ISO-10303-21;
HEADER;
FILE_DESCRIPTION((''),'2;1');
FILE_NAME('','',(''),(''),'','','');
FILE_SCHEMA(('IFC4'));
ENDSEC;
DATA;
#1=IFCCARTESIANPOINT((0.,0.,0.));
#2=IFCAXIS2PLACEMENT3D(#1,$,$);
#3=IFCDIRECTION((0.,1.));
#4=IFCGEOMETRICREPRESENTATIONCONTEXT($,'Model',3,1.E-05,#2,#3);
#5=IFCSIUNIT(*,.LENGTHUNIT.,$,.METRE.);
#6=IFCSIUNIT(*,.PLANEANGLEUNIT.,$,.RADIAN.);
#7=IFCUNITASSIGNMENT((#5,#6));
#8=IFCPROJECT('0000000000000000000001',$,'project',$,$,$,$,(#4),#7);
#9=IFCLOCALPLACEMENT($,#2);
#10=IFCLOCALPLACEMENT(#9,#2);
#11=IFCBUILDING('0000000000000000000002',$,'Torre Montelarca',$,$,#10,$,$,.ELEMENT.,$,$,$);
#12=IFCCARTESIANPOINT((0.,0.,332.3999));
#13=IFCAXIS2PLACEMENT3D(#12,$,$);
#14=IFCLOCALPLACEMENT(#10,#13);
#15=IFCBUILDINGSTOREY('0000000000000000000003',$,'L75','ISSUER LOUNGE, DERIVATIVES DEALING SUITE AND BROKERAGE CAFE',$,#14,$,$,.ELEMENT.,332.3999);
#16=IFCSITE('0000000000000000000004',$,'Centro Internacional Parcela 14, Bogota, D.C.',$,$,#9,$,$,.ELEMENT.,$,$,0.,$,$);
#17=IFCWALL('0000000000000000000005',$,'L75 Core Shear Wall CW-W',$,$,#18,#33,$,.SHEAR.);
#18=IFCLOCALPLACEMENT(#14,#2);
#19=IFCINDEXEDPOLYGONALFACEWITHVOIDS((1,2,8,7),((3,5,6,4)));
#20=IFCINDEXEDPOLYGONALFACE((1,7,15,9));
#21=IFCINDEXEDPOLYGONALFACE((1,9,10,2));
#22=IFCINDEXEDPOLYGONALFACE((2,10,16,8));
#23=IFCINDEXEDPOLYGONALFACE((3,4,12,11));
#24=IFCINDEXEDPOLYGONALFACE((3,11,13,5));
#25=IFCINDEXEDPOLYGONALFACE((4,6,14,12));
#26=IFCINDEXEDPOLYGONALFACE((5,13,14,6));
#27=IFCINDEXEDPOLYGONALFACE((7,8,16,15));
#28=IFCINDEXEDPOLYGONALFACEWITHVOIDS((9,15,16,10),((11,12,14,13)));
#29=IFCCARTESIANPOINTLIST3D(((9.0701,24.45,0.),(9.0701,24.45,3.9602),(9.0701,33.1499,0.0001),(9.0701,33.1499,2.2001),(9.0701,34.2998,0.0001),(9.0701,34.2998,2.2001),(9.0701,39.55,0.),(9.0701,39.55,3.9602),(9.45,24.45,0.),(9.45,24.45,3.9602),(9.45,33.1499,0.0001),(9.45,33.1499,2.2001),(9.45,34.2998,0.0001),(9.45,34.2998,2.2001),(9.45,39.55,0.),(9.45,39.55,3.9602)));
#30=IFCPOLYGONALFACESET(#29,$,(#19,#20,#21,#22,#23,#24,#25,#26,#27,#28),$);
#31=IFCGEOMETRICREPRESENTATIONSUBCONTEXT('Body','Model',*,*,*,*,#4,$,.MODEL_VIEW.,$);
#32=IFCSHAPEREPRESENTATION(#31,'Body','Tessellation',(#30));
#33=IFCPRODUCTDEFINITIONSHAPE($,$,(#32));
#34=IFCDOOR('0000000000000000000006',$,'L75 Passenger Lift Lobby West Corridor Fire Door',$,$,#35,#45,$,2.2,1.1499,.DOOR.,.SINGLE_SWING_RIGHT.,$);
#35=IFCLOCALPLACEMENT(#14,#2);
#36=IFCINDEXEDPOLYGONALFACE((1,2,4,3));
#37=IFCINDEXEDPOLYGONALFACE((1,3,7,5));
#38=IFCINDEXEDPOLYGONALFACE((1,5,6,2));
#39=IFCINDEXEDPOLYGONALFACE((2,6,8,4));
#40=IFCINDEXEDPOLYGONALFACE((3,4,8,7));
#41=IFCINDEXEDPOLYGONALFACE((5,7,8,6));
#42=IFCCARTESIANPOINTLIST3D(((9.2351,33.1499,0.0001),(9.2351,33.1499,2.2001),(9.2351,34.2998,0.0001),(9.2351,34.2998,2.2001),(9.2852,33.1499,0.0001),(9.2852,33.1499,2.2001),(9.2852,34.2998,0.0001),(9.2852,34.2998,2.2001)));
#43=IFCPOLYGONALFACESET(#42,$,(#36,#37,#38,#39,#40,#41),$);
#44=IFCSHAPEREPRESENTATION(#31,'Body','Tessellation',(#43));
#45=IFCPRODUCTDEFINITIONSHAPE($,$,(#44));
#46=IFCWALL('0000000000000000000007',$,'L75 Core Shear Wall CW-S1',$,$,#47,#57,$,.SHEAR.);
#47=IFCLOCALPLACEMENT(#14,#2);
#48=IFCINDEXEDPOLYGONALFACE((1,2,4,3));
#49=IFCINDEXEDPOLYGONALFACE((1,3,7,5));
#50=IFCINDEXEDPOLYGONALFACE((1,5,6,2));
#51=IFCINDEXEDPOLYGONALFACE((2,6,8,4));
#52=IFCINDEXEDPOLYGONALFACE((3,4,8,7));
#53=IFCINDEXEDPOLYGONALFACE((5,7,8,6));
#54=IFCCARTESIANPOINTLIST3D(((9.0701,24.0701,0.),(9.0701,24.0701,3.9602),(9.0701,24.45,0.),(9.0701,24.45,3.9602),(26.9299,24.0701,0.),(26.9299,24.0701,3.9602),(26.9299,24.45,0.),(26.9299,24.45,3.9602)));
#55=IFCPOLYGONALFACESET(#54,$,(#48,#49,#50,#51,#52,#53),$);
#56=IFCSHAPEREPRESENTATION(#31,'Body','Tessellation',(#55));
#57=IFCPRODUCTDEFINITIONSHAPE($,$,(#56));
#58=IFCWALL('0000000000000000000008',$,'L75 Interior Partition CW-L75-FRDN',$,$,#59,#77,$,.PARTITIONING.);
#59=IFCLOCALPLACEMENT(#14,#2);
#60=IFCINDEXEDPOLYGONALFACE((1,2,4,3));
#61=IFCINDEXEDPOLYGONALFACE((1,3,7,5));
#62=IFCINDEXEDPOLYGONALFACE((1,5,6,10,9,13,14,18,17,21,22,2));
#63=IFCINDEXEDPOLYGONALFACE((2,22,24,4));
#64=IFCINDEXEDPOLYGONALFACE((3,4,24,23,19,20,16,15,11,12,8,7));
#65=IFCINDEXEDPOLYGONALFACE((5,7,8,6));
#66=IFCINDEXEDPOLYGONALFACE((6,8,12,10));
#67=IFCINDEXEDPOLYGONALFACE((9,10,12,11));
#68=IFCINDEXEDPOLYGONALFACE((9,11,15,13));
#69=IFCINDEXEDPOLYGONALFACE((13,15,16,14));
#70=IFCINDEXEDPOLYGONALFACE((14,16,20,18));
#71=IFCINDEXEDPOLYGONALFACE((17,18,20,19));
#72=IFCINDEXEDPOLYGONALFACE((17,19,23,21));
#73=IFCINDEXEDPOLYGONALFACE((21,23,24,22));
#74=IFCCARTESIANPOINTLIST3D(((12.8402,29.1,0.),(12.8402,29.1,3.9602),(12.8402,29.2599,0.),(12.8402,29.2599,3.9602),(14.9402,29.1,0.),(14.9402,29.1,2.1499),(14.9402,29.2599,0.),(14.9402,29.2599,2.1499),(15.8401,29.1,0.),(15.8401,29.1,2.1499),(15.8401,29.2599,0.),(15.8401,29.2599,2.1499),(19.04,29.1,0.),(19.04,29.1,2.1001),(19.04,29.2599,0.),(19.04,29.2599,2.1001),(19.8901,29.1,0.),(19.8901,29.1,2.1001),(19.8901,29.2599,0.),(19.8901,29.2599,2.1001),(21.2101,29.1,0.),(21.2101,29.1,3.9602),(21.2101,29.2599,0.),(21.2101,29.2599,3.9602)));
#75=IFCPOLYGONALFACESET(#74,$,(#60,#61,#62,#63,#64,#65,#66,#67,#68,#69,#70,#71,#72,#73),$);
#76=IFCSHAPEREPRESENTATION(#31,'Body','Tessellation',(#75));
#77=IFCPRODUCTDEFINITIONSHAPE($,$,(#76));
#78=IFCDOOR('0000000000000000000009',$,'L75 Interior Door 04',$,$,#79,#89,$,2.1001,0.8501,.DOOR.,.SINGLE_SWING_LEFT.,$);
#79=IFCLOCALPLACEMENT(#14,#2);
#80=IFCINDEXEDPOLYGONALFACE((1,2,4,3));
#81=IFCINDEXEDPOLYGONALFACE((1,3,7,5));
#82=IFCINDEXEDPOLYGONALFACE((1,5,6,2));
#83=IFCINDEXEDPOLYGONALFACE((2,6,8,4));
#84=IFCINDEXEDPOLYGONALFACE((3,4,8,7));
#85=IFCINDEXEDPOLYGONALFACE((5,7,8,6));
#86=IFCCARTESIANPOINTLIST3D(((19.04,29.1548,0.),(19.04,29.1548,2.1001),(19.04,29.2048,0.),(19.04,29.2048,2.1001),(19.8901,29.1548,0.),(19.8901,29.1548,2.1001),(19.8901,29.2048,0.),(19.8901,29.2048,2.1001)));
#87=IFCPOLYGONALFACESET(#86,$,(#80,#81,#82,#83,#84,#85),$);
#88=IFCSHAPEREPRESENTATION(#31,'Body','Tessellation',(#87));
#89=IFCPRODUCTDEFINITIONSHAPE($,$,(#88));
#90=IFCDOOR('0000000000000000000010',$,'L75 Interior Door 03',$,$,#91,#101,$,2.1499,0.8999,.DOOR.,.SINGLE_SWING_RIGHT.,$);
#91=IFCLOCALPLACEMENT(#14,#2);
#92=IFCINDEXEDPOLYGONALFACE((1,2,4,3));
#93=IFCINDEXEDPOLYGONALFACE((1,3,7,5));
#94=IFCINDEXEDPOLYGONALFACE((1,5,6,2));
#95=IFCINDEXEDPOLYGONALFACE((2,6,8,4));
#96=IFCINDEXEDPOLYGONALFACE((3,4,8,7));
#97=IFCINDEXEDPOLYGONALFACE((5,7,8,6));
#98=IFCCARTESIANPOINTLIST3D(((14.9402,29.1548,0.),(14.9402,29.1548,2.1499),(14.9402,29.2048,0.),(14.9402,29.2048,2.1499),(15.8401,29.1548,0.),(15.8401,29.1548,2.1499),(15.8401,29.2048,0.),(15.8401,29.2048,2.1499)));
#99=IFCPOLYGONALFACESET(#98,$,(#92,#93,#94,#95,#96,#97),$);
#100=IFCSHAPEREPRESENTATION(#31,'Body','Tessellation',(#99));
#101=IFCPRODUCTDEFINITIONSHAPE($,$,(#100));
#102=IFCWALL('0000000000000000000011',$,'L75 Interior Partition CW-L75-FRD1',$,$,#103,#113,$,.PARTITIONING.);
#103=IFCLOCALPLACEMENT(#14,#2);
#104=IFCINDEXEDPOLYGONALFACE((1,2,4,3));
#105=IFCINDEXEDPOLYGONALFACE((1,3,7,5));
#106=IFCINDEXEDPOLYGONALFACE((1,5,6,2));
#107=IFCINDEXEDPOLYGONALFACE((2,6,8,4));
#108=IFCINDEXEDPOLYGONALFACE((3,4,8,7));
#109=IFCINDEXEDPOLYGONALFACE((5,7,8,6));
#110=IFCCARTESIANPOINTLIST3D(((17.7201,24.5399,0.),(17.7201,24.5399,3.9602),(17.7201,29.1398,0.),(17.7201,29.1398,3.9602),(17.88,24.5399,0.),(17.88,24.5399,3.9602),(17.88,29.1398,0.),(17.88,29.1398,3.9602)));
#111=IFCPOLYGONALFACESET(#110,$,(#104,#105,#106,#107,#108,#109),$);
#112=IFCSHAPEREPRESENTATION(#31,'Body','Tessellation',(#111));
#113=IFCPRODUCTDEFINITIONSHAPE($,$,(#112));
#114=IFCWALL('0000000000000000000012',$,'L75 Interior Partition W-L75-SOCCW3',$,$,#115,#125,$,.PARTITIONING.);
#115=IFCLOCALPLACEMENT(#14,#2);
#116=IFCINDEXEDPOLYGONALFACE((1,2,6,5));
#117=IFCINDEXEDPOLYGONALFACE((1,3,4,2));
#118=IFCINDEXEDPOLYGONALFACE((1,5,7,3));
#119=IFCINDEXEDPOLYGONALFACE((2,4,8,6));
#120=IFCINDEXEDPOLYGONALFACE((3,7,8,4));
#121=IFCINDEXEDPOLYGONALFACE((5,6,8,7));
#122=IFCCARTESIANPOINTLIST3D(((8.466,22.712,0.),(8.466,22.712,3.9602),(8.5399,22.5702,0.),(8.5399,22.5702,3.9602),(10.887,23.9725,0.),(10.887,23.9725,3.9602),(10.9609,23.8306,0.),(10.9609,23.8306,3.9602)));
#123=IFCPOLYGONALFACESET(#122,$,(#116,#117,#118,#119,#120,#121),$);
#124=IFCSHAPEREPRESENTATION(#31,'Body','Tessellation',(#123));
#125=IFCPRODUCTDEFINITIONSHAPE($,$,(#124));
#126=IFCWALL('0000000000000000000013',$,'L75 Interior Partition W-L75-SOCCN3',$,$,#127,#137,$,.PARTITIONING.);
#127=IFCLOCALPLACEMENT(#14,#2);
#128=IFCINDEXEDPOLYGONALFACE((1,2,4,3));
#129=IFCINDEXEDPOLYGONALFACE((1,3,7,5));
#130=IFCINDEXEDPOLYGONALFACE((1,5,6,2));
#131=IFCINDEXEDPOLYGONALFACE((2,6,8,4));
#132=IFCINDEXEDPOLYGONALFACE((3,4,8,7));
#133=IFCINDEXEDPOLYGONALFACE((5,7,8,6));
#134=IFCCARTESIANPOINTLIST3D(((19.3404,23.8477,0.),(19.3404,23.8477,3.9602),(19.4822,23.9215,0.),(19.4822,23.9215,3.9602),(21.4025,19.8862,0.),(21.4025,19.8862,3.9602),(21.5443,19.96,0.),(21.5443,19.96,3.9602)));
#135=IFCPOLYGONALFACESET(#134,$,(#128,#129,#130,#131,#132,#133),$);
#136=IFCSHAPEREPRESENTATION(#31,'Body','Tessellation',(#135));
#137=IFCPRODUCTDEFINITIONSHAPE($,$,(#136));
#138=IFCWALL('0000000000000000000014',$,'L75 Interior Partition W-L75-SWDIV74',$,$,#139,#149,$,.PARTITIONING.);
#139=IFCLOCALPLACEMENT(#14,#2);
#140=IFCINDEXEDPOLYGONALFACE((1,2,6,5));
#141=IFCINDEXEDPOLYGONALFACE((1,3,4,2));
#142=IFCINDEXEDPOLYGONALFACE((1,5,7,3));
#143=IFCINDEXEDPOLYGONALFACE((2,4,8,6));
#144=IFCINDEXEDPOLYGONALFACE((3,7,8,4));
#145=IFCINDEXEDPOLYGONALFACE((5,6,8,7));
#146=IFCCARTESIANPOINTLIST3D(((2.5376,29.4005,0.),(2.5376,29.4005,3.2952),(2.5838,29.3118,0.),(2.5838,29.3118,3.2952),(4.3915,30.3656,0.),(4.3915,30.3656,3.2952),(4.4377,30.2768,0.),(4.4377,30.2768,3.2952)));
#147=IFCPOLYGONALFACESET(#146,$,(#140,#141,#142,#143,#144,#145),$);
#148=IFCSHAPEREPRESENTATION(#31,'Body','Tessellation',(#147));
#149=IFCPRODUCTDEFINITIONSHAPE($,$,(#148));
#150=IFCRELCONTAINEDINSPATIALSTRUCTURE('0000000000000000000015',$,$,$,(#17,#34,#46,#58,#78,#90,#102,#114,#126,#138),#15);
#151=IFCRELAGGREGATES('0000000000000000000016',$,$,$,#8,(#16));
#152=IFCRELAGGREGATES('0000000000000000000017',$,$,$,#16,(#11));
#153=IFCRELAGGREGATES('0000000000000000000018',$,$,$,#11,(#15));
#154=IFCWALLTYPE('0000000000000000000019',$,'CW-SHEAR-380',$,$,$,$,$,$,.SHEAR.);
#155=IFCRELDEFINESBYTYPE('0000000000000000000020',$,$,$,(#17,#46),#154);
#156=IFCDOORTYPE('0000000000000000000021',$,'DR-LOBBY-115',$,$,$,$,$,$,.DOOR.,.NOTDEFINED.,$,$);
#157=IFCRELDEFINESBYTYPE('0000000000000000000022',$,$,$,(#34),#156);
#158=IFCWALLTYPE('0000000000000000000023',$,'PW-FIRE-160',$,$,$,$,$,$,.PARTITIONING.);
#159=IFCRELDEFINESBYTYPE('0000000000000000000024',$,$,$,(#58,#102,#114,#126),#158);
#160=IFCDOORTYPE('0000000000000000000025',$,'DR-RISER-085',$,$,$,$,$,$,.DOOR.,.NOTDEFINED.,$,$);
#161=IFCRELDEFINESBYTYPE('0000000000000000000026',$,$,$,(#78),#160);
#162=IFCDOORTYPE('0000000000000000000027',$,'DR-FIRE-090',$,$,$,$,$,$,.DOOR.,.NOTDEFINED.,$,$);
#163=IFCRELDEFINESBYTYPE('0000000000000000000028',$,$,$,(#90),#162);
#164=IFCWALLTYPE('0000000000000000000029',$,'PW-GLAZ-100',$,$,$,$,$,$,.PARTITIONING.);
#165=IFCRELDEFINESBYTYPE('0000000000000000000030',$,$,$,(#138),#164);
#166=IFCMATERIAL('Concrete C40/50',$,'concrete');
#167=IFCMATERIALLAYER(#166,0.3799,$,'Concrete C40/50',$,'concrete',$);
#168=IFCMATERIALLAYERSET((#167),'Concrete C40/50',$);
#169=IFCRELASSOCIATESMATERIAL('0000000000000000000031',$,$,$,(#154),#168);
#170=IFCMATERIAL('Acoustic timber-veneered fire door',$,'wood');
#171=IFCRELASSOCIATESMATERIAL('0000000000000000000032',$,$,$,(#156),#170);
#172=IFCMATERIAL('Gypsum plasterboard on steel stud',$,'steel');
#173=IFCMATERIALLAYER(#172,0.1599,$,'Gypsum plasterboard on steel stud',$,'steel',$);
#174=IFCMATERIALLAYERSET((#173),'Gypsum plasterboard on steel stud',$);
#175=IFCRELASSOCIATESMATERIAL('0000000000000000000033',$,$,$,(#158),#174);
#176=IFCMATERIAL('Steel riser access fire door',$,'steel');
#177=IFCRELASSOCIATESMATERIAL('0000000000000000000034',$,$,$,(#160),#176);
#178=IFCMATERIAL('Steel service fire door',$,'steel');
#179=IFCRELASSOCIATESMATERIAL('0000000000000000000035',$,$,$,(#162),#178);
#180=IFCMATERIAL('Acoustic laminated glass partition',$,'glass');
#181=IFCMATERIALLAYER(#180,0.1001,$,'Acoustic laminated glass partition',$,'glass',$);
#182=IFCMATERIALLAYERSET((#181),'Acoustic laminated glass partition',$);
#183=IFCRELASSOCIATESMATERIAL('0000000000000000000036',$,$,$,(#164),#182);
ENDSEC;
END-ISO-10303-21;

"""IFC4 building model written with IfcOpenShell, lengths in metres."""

from ifc_helpers import new_model, si_unit, direction, frame, frame_2d, origin, place, context, subcontext, project, spatial, rectangle, extrude, source, transform, mapped, material, layer, layer_set, type_object, element, fill, save


model = new_model("IFC4")

# Units and contexts
model_context = context("Model", 3, precision=1e-05, world=origin(), true_north=direction((0.0, 1.0)))
body_context = subcontext(model_context, "Body", "Model", "MODEL_VIEW")
ifc_project = project(units=[si_unit("LENGTHUNIT", "METRE"), si_unit("PLANEANGLEUNIT", "RADIAN")], contexts=[model_context])

# Site, building, storey
site_placement = place(None, origin())
site = spatial("IfcSite", under=ifc_project, at=site_placement, Name="Centro Internacional Parcela 14, Bogota, D.C.", CompositionType="ELEMENT", RefElevation=0.0)
building_placement = place(site_placement, origin())
building = spatial("IfcBuilding", under=site, at=building_placement, Name="Torre Montelarca", CompositionType="ELEMENT")
storey_placement = place(building_placement, frame((0.0, 0.0, 332.3999)))
storey = spatial("IfcBuildingStorey", under=building, at=storey_placement, Name="L75", Description="ISSUER LOUNGE, DERIVATIVES DEALING SUITE AND BROKERAGE CAFE", CompositionType="ELEMENT", Elevation=332.3999)

# Shared definitions
ifc_material_1 = material(Name="Concrete C40/50", Category="concrete")

# Wall, opening, door
ifc_layer_1 = layer(ifc_material_1, 0.3799, Name="Concrete C40/50", Category="concrete")
ifc_layer_set_1 = layer_set([ifc_layer_1], Name="Concrete C40/50")
wall_type_1 = type_object("IfcWallType", Name="CW-SHEAR-380", PredefinedType="SHEAR", material=ifc_layer_set_1)
wall_1_placement = place(storey_placement, frame((9.26, 24.45, 0.0), z_axis=(0.0, 0.0, 1.0), x_axis=(0.0, 1.0, 0.0)))
wall_1 = element("IfcWall", 1, at=wall_1_placement, inside=storey, type_object=wall_type_1, Name="L75 Core Shear Wall CW-W", PredefinedType="SHEAR", context=body_context, shape_type="SweptSolid", body=[
    extrude(rectangle(XDim=15.1001, YDim=0.3799, at=frame_2d((7.55, 0.0))), origin(), (0.0, 0.0, 1.0), 3.9602),
])
opening_1_placement = place(wall_1_placement, frame((8.7, 0.0, 0.0)))
opening_1 = element("IfcOpeningElement", 2, at=opening_1_placement, cuts=wall_1, PredefinedType="OPENING", context=body_context, shape_type="SweptSolid", body=[
    extrude(rectangle(XDim=1.1499, YDim=2.2, at=frame_2d((0.575, 1.1001))), frame((0.0, 0.2, 0.0), z_axis=(0.0, -1.0, 0.0), x_axis=(1.0, 0.0, 0.0)), (0.0, 0.0, 1.0), 0.3999),
])
ifc_material_2 = material(Name="Acoustic timber-veneered fire door", Category="wood")
door_type_1 = type_object("IfcDoorType", Name="DR-LOBBY-115", OperationType="NOTDEFINED", PredefinedType="DOOR", material=ifc_material_2)
shared_shape_1 = source(origin(), body_context, "Body", "SweptSolid", [
    extrude(rectangle(XDim=1.1499, YDim=2.2, at=frame_2d((0.575, 1.1001))), frame((0.0, 0.0249, 0.0), z_axis=(0.0, -1.0, 0.0), x_axis=(1.0, 0.0, 0.0)), (0.0, 0.0, 1.0), 0.05),
])
door_1_placement = place(opening_1_placement, origin())
door_1 = element("IfcDoor", 3, at=door_1_placement, inside=storey, type_object=door_type_1, Name="L75 Passenger Lift Lobby West Corridor Fire Door", OperationType="SINGLE_SWING_RIGHT", OverallHeight=2.2, OverallWidth=1.1499, PredefinedType="DOOR", context=body_context, shape_type="MappedRepresentation", body=[
    mapped(shared_shape_1, transform((0.0, 0.0, 0.0), scale=1.0)),
])
fill(opening_1, door_1)

# Wall
wall_2_placement = place(storey_placement, frame((9.0701, 24.26, 0.0), z_axis=(0.0, 0.0, 1.0), x_axis=(1.0, 0.0, 0.0)))
element("IfcWall", 4, at=wall_2_placement, inside=storey, type_object=wall_type_1, Name="L75 Core Shear Wall CW-S1", PredefinedType="SHEAR", context=body_context, shape_type="SweptSolid", body=[
    extrude(rectangle(XDim=17.8599, YDim=0.3799, at=frame_2d((8.9299, 0.0))), origin(), (0.0, 0.0, 1.0), 3.9602),
])

# Wall, openings, doors
ifc_material_3 = material(Name="Gypsum plasterboard on steel stud", Category="steel")
ifc_layer_2 = layer(ifc_material_3, 0.1599, Name="Gypsum plasterboard on steel stud", Category="steel")
ifc_layer_set_2 = layer_set([ifc_layer_2], Name="Gypsum plasterboard on steel stud")
wall_type_2 = type_object("IfcWallType", Name="PW-FIRE-160", PredefinedType="PARTITIONING", material=ifc_layer_set_2)
wall_3_placement = place(storey_placement, frame((12.8401, 29.1799, 0.0), z_axis=(0.0, 0.0, 1.0), x_axis=(1.0, 0.0, 0.0)))
wall_3 = element("IfcWall", 5, at=wall_3_placement, inside=storey, type_object=wall_type_2, Name="L75 Interior Partition CW-L75-FRDN", PredefinedType="PARTITIONING", context=body_context, shape_type="SweptSolid", body=[
    extrude(rectangle(XDim=8.3699, YDim=0.1599, at=frame_2d((4.1851, 0.0))), origin(), (0.0, 0.0, 1.0), 3.9602),
])
opening_2_placement = place(wall_3_placement, frame((2.1001, 0.0, 0.0)))
opening_2 = element("IfcOpeningElement", 6, at=opening_2_placement, cuts=wall_3, PredefinedType="OPENING", context=body_context, shape_type="SweptSolid", body=[
    extrude(rectangle(XDim=0.8999, YDim=2.1499, at=frame_2d((0.45, 1.075))), frame((0.0, 0.0898, 0.0), z_axis=(0.0, -1.0, 0.0), x_axis=(1.0, 0.0, 0.0)), (0.0, 0.0, 1.0), 0.1799),
])
opening_3_placement = place(wall_3_placement, frame((6.2, 0.0, 0.0)))
opening_3 = element("IfcOpeningElement", 7, at=opening_3_placement, cuts=wall_3, PredefinedType="OPENING", context=body_context, shape_type="SweptSolid", body=[
    extrude(rectangle(XDim=0.8501, YDim=2.1001, at=frame_2d((0.425, 1.05))), frame((0.0, 0.0898, 0.0), z_axis=(0.0, -1.0, 0.0), x_axis=(1.0, 0.0, 0.0)), (0.0, 0.0, 1.0), 0.1799),
])
ifc_material_4 = material(Name="Steel riser access fire door", Category="steel")
door_type_2 = type_object("IfcDoorType", Name="DR-RISER-085", OperationType="NOTDEFINED", PredefinedType="DOOR", material=ifc_material_4)
shared_shape_2 = source(origin(), body_context, "Body", "SweptSolid", [
    extrude(rectangle(XDim=0.8501, YDim=2.1001, at=frame_2d((0.425, 1.05))), frame((0.0, 0.0249, 0.0), z_axis=(0.0, -1.0, 0.0), x_axis=(1.0, 0.0, 0.0)), (0.0, 0.0, 1.0), 0.05),
])
door_2_placement = place(opening_3_placement, origin())
door_2 = element("IfcDoor", 8, at=door_2_placement, inside=storey, type_object=door_type_2, Name="L75 Interior Door 04", OperationType="SINGLE_SWING_LEFT", OverallHeight=2.1001, OverallWidth=0.8501, PredefinedType="DOOR", context=body_context, shape_type="MappedRepresentation", body=[
    mapped(shared_shape_2, transform((0.0, 0.0, 0.0), scale=1.0)),
])
fill(opening_3, door_2)
ifc_material_5 = material(Name="Steel service fire door", Category="steel")
door_type_3 = type_object("IfcDoorType", Name="DR-FIRE-090", OperationType="NOTDEFINED", PredefinedType="DOOR", material=ifc_material_5)
shared_shape_3 = source(origin(), body_context, "Body", "SweptSolid", [
    extrude(rectangle(XDim=0.8999, YDim=2.1499, at=frame_2d((0.45, 1.075))), frame((0.0, 0.0249, 0.0), z_axis=(0.0, -1.0, 0.0), x_axis=(1.0, 0.0, 0.0)), (0.0, 0.0, 1.0), 0.05),
])
door_3_placement = place(opening_2_placement, origin())
door_3 = element("IfcDoor", 9, at=door_3_placement, inside=storey, type_object=door_type_3, Name="L75 Interior Door 03", OperationType="SINGLE_SWING_RIGHT", OverallHeight=2.1499, OverallWidth=0.8999, PredefinedType="DOOR", context=body_context, shape_type="MappedRepresentation", body=[
    mapped(shared_shape_3, transform((0.0, 0.0, 0.0), scale=1.0)),
])
fill(opening_2, door_3)

# Walls
wall_4_placement = place(storey_placement, frame((17.8, 24.54, 0.0), z_axis=(0.0, 0.0, 1.0), x_axis=(0.0, 1.0, 0.0)))
element("IfcWall", 10, at=wall_4_placement, inside=storey, type_object=wall_type_2, Name="L75 Interior Partition CW-L75-FRD1", PredefinedType="PARTITIONING", context=body_context, shape_type="SweptSolid", body=[
    extrude(rectangle(XDim=4.5999, YDim=0.1599, at=frame_2d((2.2998, 0.0))), origin(), (0.0, 0.0, 1.0), 3.9602),
])
wall_5_placement = place(storey_placement, frame((8.5029, 22.6411, 0.0), z_axis=(0.0, 0.0, 1.0), x_axis=(0.886991, 0.461786, 0.0)))
element("IfcWall", 11, at=wall_5_placement, inside=storey, type_object=wall_type_2, Name="L75 Interior Partition W-L75-SOCCW3", PredefinedType="PARTITIONING", context=body_context, shape_type="SweptSolid", body=[
    extrude(rectangle(XDim=2.7295, YDim=0.1599, at=frame_2d((1.3647, 0.0))), origin(), (0.0, 0.0, 1.0), 3.9602),
])
wall_6_placement = place(storey_placement, frame((19.4114, 23.8845, 0.0), z_axis=(0.0, 0.0, 1.0), x_axis=(0.461718, -0.887027, 0.0)))
element("IfcWall", 12, at=wall_6_placement, inside=storey, type_object=wall_type_2, Name="L75 Interior Partition W-L75-SOCCN3", PredefinedType="PARTITIONING", context=body_context, shape_type="SweptSolid", body=[
    extrude(rectangle(XDim=4.4661, YDim=0.1599, at=frame_2d((2.2329, 0.0))), origin(), (0.0, 0.0, 1.0), 3.9602),
])
ifc_material_6 = material(Name="Acoustic laminated glass partition", Category="glass")
ifc_layer_3 = layer(ifc_material_6, 0.1001, Name="Acoustic laminated glass partition", Category="glass")
ifc_layer_set_3 = layer_set([ifc_layer_3], Name="Acoustic laminated glass partition")
wall_type_3 = type_object("IfcWallType", Name="PW-GLAZ-100", PredefinedType="PARTITIONING", material=ifc_layer_set_3)
wall_7_placement = place(storey_placement, frame((2.5608, 29.3562, 0.0), z_axis=(0.0, 0.0, 1.0), x_axis=(0.88702, 0.461732, 0.0)))
element("IfcWall", 13, at=wall_7_placement, inside=storey, type_object=wall_type_3, Name="L75 Interior Partition W-L75-SWDIV74", PredefinedType="PARTITIONING", context=body_context, shape_type="SweptSolid", body=[
    extrude(rectangle(XDim=2.0901, YDim=0.1001, at=frame_2d((1.0449, 0.0))), origin(), (0.0, 0.0, 1.0), 3.2952),
])

save(model, "model.ifc")
